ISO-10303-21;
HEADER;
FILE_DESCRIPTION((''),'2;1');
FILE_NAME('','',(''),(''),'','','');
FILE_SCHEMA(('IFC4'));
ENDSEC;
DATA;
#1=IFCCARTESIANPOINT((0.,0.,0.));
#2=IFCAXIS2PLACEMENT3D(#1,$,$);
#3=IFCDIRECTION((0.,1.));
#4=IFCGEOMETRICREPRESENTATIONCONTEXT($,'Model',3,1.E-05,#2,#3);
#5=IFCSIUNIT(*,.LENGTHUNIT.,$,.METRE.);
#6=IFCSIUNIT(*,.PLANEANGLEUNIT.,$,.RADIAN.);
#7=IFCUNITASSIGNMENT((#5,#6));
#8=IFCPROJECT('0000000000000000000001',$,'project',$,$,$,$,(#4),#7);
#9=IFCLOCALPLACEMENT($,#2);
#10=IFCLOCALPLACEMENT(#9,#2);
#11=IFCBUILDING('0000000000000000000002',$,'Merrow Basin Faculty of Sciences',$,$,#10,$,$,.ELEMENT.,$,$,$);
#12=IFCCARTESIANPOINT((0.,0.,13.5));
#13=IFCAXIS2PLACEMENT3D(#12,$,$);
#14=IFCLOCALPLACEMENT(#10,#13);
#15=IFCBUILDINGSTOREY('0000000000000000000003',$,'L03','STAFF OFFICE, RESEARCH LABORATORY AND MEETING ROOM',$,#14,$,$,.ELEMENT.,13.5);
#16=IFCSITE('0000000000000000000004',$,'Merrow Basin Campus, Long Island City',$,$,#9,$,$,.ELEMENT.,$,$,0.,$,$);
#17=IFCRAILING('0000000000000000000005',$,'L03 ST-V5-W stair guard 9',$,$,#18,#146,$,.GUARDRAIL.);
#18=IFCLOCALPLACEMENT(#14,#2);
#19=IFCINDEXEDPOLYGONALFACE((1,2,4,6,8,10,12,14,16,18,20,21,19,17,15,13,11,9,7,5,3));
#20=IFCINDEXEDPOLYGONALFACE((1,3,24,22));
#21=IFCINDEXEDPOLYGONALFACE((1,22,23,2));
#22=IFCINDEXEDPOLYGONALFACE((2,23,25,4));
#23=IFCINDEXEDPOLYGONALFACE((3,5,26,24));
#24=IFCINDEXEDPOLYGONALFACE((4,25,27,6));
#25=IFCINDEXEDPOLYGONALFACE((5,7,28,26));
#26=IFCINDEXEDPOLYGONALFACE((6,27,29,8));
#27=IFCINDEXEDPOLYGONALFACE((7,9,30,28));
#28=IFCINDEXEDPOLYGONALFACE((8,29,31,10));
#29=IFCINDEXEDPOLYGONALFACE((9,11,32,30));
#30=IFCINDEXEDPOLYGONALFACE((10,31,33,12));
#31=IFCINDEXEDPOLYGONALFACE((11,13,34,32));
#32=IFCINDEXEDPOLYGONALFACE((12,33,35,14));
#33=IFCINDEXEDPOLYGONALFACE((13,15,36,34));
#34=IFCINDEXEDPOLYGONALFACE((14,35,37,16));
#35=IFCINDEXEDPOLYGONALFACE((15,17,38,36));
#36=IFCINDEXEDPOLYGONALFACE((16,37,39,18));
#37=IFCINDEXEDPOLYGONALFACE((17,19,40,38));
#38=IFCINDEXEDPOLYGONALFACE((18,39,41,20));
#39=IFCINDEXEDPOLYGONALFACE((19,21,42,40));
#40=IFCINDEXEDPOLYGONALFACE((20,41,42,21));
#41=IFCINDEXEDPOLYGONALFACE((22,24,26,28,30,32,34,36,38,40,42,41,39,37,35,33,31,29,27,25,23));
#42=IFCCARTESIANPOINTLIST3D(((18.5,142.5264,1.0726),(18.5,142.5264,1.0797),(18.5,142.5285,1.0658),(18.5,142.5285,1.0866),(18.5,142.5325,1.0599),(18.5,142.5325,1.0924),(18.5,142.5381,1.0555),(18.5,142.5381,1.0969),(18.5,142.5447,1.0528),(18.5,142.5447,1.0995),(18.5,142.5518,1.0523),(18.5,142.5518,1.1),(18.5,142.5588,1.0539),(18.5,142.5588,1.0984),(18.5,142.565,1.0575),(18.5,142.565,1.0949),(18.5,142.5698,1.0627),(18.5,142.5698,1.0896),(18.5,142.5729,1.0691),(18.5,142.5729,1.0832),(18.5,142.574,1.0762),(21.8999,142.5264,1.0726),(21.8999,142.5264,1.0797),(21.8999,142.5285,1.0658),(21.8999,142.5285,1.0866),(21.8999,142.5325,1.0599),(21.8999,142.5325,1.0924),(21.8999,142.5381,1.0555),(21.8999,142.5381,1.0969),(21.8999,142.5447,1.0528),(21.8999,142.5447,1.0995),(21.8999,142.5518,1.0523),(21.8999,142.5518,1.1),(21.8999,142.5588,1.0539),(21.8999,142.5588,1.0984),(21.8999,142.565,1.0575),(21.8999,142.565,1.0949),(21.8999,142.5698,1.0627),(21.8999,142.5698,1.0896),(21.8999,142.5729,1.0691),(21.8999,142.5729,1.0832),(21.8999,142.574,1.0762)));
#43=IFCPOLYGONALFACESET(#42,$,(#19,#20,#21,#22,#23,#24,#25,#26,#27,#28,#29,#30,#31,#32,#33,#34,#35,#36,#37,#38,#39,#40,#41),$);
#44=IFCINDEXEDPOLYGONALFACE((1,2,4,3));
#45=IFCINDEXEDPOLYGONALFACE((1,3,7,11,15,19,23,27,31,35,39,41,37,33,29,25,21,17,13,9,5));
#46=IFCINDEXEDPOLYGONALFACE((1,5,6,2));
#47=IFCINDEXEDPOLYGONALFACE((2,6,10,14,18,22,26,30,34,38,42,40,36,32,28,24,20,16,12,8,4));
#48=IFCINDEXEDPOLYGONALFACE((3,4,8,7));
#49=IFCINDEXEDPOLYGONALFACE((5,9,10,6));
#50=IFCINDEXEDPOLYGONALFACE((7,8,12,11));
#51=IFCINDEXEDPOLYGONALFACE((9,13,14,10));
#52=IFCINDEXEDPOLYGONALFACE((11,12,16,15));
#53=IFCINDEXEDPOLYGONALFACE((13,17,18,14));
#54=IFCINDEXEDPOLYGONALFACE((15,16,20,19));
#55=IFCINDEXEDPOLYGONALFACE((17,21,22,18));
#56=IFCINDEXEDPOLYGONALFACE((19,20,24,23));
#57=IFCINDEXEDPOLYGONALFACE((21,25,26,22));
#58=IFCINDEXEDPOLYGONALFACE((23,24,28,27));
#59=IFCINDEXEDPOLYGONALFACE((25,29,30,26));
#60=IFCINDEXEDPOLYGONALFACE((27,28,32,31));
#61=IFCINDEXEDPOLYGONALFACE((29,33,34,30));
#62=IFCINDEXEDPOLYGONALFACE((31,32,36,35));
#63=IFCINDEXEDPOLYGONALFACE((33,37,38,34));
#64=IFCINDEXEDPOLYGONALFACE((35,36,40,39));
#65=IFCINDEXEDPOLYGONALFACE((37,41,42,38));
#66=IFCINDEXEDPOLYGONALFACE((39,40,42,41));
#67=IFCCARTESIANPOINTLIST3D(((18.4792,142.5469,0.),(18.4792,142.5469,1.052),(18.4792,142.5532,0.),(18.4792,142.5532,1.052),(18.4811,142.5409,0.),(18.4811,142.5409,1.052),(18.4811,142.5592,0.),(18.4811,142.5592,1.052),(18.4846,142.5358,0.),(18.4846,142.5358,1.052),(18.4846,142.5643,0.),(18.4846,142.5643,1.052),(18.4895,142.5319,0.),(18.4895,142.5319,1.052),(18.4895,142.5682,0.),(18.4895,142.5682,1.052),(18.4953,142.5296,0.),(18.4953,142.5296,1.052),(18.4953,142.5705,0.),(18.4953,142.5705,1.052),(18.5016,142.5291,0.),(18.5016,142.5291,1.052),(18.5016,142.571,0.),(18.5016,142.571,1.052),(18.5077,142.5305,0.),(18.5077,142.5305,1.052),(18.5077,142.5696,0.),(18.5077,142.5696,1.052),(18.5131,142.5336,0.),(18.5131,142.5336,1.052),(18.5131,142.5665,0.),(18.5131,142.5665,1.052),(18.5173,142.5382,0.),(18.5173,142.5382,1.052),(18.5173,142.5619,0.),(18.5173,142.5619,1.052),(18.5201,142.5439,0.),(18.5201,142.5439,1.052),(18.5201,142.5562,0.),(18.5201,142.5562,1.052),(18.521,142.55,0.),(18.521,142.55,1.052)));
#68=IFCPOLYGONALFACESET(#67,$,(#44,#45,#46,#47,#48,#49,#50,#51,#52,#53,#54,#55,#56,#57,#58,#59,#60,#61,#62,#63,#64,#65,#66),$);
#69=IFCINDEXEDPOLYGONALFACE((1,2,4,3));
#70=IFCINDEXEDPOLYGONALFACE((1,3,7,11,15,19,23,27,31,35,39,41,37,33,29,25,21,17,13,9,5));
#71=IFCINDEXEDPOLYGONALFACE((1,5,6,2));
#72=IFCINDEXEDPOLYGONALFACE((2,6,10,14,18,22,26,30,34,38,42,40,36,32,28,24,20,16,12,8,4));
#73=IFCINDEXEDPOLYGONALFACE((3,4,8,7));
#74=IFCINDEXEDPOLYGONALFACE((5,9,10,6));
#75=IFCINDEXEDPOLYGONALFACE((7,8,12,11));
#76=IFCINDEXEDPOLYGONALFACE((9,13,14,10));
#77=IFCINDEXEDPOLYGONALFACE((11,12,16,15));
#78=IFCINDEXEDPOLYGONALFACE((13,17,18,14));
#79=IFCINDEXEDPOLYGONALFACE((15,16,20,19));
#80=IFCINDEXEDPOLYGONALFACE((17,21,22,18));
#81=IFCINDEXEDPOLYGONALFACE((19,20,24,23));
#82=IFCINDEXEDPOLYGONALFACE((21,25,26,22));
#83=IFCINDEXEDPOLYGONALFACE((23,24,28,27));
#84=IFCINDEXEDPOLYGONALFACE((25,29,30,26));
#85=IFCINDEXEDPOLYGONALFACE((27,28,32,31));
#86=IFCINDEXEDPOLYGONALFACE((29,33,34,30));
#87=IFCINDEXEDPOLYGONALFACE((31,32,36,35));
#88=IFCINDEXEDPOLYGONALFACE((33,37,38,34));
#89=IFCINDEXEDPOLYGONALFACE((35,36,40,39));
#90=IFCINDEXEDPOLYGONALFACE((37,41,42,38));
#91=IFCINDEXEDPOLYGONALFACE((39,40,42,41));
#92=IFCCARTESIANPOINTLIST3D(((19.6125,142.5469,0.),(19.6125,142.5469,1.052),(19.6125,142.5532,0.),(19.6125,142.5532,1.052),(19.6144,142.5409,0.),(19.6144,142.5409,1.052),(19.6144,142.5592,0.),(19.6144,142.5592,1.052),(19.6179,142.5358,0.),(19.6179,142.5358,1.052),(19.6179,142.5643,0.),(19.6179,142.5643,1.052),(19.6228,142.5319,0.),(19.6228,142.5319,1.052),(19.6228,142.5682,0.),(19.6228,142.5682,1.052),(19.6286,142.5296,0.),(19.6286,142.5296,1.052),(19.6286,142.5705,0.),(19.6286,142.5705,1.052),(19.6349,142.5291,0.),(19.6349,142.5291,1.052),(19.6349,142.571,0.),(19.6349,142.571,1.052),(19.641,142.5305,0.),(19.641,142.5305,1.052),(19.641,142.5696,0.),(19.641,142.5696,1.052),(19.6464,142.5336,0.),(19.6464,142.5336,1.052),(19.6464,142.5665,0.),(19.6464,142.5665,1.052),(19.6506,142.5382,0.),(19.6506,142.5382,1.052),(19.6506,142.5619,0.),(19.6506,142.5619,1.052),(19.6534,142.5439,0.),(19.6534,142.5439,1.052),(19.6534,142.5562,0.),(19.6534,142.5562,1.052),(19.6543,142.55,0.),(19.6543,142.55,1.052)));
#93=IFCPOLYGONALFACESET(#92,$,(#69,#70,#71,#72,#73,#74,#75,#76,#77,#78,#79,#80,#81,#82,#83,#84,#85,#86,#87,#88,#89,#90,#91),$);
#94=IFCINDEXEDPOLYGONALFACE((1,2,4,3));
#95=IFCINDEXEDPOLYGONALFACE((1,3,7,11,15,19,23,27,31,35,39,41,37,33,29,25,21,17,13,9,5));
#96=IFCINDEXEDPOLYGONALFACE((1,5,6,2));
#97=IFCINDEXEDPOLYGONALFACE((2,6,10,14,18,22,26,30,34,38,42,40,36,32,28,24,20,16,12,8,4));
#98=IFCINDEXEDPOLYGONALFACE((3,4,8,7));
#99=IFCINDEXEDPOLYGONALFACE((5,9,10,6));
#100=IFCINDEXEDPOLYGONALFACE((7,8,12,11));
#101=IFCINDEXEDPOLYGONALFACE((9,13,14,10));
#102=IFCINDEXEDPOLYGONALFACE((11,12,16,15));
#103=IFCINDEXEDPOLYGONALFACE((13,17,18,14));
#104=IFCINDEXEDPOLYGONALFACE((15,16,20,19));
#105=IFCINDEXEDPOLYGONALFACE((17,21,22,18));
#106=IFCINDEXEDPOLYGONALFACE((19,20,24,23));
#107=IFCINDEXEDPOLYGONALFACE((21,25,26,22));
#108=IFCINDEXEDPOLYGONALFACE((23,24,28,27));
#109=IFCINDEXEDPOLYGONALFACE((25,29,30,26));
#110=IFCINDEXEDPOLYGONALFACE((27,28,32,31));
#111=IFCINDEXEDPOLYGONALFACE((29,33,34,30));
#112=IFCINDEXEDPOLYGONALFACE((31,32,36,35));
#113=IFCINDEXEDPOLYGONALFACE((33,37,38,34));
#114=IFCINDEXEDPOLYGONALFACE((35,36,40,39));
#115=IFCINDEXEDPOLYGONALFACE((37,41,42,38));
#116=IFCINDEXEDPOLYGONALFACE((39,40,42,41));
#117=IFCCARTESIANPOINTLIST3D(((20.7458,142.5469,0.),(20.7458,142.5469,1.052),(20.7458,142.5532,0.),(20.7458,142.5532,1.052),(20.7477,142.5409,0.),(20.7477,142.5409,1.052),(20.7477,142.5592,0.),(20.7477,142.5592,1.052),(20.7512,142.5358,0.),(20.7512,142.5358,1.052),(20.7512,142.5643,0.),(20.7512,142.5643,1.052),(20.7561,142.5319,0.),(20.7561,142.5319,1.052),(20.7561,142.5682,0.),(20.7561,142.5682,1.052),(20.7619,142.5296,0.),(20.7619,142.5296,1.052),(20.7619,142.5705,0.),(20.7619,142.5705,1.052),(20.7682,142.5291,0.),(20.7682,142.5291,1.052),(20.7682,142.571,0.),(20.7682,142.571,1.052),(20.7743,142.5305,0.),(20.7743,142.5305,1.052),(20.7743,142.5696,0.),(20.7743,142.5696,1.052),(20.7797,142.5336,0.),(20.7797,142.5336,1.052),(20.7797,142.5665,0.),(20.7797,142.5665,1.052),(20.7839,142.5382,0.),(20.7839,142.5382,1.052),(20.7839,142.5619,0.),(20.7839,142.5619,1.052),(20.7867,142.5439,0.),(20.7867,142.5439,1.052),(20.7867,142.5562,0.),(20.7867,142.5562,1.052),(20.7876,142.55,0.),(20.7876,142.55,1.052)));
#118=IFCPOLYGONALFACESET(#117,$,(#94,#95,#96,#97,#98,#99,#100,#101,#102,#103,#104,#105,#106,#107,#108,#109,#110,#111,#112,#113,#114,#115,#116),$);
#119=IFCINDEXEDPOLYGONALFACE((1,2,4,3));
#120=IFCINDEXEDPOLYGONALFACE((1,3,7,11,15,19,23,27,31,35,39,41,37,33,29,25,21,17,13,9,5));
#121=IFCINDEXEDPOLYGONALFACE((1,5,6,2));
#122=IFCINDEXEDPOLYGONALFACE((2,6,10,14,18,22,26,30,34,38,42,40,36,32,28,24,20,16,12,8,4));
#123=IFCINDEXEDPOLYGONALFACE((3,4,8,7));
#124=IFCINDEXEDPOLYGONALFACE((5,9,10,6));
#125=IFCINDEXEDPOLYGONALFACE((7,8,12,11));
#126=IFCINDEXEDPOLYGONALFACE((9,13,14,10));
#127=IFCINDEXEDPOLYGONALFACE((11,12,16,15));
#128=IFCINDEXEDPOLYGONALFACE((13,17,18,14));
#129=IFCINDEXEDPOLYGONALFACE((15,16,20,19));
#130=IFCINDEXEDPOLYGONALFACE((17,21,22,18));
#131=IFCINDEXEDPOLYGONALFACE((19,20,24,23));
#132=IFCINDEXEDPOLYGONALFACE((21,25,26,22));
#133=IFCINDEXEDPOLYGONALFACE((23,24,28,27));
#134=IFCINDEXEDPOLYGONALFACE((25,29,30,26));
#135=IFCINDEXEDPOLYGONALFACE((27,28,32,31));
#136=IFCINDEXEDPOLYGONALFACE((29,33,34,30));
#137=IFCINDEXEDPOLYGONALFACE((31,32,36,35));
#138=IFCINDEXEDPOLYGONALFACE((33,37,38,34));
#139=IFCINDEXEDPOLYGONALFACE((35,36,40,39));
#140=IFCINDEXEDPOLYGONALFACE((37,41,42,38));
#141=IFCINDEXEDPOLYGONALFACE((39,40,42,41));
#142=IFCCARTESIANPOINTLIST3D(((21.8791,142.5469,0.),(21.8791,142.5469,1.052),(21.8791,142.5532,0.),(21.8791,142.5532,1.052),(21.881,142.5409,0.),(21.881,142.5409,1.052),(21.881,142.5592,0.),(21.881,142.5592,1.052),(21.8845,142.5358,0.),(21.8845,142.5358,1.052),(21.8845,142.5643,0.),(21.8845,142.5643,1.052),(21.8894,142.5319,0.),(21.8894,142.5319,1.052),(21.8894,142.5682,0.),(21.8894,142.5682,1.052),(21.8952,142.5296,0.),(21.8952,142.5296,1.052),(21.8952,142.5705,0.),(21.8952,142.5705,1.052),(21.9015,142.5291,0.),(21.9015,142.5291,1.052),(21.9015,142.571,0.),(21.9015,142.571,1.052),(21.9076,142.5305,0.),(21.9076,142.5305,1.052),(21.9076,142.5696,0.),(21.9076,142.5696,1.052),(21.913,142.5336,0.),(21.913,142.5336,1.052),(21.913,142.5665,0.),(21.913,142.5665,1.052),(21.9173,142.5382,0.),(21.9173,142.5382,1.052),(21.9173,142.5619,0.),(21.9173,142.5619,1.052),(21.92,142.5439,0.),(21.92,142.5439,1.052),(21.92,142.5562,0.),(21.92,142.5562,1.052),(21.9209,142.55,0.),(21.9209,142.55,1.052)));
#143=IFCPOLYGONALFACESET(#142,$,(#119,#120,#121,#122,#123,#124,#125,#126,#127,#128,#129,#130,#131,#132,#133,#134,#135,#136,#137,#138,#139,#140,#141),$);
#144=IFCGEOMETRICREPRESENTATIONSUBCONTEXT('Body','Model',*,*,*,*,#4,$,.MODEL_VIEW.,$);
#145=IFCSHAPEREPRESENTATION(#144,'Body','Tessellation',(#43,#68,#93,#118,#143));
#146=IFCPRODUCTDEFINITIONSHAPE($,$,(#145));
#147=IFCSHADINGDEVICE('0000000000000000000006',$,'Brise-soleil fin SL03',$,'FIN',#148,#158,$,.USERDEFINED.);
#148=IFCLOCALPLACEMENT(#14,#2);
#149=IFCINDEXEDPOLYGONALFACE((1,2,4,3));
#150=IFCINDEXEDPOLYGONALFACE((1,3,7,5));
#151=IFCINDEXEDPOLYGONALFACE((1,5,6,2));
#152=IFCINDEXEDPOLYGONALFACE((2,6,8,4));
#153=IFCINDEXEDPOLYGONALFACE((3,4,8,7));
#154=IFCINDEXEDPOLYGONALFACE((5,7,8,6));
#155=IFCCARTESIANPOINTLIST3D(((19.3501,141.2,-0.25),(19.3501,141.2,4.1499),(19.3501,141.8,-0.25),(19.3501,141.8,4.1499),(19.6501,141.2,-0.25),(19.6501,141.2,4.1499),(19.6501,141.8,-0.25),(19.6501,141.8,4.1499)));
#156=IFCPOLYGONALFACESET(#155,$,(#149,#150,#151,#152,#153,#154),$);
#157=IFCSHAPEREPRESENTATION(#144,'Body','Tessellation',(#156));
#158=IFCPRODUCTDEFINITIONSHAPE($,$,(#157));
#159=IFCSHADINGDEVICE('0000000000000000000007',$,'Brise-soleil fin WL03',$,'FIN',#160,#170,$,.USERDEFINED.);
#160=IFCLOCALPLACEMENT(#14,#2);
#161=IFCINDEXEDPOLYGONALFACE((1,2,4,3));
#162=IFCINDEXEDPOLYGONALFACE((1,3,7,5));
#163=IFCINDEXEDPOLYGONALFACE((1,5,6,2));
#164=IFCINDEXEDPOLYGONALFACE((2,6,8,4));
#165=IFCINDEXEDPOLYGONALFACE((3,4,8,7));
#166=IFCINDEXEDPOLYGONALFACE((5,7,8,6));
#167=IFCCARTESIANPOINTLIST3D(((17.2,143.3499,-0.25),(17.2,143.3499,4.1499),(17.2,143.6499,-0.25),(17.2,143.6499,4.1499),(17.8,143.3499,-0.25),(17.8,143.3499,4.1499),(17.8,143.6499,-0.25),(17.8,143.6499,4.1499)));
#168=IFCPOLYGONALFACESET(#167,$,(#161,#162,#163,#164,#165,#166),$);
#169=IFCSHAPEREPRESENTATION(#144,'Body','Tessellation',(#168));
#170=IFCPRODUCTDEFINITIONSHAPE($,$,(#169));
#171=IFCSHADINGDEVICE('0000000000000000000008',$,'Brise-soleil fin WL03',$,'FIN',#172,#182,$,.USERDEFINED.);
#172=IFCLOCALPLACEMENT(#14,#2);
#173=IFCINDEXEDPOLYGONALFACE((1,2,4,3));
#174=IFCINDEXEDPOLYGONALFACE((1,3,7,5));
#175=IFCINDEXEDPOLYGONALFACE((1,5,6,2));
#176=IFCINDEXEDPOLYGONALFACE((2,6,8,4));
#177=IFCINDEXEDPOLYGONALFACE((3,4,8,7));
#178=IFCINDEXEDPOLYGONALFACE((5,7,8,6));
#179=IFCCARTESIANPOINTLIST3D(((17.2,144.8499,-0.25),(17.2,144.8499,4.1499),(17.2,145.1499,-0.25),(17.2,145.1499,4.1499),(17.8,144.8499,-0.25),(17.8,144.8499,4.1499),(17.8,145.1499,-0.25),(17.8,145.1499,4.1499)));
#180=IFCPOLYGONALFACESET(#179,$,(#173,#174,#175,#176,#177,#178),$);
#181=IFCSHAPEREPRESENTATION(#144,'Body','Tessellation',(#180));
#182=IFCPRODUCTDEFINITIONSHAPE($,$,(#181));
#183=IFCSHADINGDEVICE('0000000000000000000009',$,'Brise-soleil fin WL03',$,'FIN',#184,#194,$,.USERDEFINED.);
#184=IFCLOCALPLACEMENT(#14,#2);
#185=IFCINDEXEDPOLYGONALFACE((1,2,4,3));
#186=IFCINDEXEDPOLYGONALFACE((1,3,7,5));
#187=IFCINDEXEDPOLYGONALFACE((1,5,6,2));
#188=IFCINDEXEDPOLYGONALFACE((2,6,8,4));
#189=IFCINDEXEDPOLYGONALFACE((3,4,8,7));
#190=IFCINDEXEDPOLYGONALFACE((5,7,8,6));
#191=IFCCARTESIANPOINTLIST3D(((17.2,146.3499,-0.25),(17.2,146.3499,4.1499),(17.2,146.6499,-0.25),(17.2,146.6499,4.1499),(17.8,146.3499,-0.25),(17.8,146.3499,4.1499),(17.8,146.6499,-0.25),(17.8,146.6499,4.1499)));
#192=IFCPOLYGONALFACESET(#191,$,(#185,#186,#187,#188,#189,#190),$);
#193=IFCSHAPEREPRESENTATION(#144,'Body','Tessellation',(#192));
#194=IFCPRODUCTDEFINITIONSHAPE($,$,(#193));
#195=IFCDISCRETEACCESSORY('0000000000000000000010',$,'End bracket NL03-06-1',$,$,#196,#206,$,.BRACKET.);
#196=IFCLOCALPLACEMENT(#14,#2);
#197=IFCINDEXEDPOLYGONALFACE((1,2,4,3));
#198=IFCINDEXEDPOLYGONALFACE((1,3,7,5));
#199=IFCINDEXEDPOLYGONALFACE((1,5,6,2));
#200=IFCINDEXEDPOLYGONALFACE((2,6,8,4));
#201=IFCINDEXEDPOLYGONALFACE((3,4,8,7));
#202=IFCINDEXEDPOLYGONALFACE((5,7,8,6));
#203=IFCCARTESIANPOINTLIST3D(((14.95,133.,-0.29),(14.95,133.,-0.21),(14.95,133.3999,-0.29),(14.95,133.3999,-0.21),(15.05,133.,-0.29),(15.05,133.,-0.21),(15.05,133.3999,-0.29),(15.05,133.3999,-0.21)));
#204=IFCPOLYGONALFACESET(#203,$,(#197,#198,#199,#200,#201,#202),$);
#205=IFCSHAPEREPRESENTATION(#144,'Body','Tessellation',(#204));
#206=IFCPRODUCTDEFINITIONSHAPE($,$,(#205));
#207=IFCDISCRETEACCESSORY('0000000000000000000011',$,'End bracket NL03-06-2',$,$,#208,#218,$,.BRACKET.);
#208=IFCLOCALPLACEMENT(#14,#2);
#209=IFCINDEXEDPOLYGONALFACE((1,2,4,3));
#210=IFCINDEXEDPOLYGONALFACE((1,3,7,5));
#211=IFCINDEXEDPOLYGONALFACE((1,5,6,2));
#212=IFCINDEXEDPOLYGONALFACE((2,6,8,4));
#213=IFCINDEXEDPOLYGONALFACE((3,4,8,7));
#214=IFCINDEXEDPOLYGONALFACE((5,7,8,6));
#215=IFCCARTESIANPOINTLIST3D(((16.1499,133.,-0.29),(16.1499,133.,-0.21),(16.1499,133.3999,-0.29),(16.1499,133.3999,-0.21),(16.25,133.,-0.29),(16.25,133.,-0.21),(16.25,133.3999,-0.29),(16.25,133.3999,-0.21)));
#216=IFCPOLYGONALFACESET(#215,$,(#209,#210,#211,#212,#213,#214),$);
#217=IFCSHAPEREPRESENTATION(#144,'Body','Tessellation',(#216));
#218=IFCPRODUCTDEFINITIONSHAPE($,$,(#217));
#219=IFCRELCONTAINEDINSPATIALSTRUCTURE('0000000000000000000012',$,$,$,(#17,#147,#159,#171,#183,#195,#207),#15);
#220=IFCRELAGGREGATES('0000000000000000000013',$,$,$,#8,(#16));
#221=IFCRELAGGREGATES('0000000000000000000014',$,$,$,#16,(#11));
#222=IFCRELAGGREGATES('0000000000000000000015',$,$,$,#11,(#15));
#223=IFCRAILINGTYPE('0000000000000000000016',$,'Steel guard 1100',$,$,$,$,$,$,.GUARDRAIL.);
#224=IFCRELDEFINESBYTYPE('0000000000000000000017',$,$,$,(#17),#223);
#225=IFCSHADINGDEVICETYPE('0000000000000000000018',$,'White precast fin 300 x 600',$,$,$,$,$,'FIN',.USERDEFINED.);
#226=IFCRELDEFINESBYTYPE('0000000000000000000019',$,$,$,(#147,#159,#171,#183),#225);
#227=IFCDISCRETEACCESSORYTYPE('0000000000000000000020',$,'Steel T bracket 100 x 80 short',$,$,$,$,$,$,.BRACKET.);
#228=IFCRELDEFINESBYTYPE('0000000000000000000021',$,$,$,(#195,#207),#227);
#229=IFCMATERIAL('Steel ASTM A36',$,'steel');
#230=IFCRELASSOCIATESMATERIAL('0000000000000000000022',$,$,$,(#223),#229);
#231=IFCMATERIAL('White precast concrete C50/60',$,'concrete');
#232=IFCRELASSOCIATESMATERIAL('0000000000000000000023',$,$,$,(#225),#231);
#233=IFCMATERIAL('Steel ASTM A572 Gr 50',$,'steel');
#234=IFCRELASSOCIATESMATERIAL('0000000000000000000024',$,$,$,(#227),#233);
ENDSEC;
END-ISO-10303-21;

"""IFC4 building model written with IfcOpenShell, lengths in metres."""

from ifc_helpers import new_model, si_unit, direction, frame, origin, origin_2d, place, context, subcontext, project, spatial, polyline, circle, outline, extrude, source, transform, mapped, material, type_object, element, save


model = new_model("IFC4")

# Units and contexts
model_context = context("Model", 3, precision=1e-05, world=origin(), true_north=direction((0.0, 1.0)))
body_context = subcontext(model_context, "Body", "Model", "MODEL_VIEW")
ifc_project = project(units=[si_unit("LENGTHUNIT", "METRE"), si_unit("PLANEANGLEUNIT", "RADIAN")], contexts=[model_context])

# Site, building, storey
site_placement = place(None, origin())
site = spatial("IfcSite", under=ifc_project, at=site_placement, Name="Merrow Basin Campus, Long Island City", CompositionType="ELEMENT", RefElevation=0.0)
building_placement = place(site_placement, origin())
building = spatial("IfcBuilding", under=site, at=building_placement, Name="Merrow Basin Faculty of Sciences", CompositionType="ELEMENT")
storey_placement = place(building_placement, frame((0.0, 0.0, 13.5)))
storey = spatial("IfcBuildingStorey", under=building, at=storey_placement, Name="L03", Description="STAFF OFFICE, RESEARCH LABORATORY AND MEETING ROOM", CompositionType="ELEMENT", Elevation=13.5)

# Railing
ifc_material_1 = material(Name="Steel ASTM A36", Category="steel")
railing_type = type_object("IfcRailingType", Name="Steel guard 1100", PredefinedType="GUARDRAIL", material=ifc_material_1)
railing_1_placement = place(storey_placement, frame((18.5, 142.55, 0.0)))
element("IfcRailing", 1, at=railing_1_placement, inside=storey, type_object=railing_type, Name="L03 ST-V5-W stair guard 9", PredefinedType="GUARDRAIL", context=body_context, shape_type="SweptSolid", body=[
    extrude(circle(Radius=0.0239, at=origin_2d()), frame((0.0, 0.0, 1.0762), z_axis=(1.0, 0.0, 0.0), x_axis=(0.0, 1.0, 0.0)), (0.0, 0.0, 1.0), 3.3999),
    extrude(circle(Radius=0.021, at=origin_2d()), origin(), (0.0, 0.0, 1.0), 1.052),
    extrude(circle(Radius=0.021, at=origin_2d()), frame((1.1333, 0.0, 0.0)), (0.0, 0.0, 1.0), 1.052),
    extrude(circle(Radius=0.021, at=origin_2d()), frame((2.2666, 0.0, 0.0)), (0.0, 0.0, 1.0), 1.052),
    extrude(circle(Radius=0.021, at=origin_2d()), frame((3.3999, 0.0, 0.0)), (0.0, 0.0, 1.0), 1.052),
])

# Shading devices
ifc_material_2 = material(Name="White precast concrete C50/60", Category="concrete")
shading_device_type = type_object("IfcShadingDeviceType", Name="White precast fin 300 x 600", ElementType="FIN", PredefinedType="USERDEFINED", material=ifc_material_2)
shared_shape_1 = source(origin(), body_context, "Body", "SweptSolid", [
    extrude(outline(polyline([(0.0, 0.0), (0.3, 0.0), (0.3, 4.3999), (0.0, 4.3999), (0.0, 0.0)])), origin(), (0.0, 0.0, 1.0), 0.6001),
])
for number, where, z_axis, x_axis, name in (
    (2, (19.3501, 141.8, -0.25), (0.0, -1.0, 0.0), (1.0, 0.0, 0.0), "Brise-soleil fin SL03"),
    (3, (17.8, 143.6499, -0.25), (-1.0, 0.0, 0.0), (0.0, -1.0, 0.0), "Brise-soleil fin WL03"),
    (4, (17.8, 145.1499, -0.25), (-1.0, 0.0, 0.0), (0.0, -1.0, 0.0), "Brise-soleil fin WL03"),
    (5, (17.8, 146.6499, -0.25), (-1.0, 0.0, 0.0), (0.0, -1.0, 0.0), "Brise-soleil fin WL03"),
):
    element("IfcShadingDevice", number, at=place(storey_placement, frame(where, z_axis=z_axis, x_axis=x_axis)), inside=storey, type_object=shading_device_type, Name=name, ObjectType="FIN", PredefinedType="USERDEFINED", context=body_context, shape_type="MappedRepresentation", body=[
        mapped(shared_shape_1, transform((0.0, 0.0, 0.0), scale=1.0)),
    ])

# Discrete accessories
ifc_material_3 = material(Name="Steel ASTM A572 Gr 50", Category="steel")
discrete_accessory_type_1 = type_object("IfcDiscreteAccessoryType", Name="Steel T bracket 100 x 80 short", PredefinedType="BRACKET", material=ifc_material_3)
shared_shape_2 = source(origin(), body_context, "Body", "SweptSolid", [
    extrude(outline(polyline([(0.0, 0.0), (0.1001, 0.0), (0.1001, 0.0801), (0.0, 0.0801), (0.0, 0.0)])), origin(), (0.0, 0.0, 1.0), 0.3999),
])
for number, where, z_axis, x_axis, name in (
    (6, (14.95, 133.3999, -0.29), (0.0, -1.0, 0.0), (1.0, 0.0, 0.0), "End bracket NL03-06-1"),
    (7, (16.1499, 133.3999, -0.29), (0.0, -1.0, 0.0), (1.0, 0.0, 0.0), "End bracket NL03-06-2"),
):
    element("IfcDiscreteAccessory", number, at=place(storey_placement, frame(where, z_axis=z_axis, x_axis=x_axis)), inside=storey, type_object=discrete_accessory_type_1, Name=name, PredefinedType="BRACKET", context=body_context, shape_type="MappedRepresentation", body=[
        mapped(shared_shape_2, transform((0.0, 0.0, 0.0), scale=1.0)),
    ])

save(model, "model.ifc")
